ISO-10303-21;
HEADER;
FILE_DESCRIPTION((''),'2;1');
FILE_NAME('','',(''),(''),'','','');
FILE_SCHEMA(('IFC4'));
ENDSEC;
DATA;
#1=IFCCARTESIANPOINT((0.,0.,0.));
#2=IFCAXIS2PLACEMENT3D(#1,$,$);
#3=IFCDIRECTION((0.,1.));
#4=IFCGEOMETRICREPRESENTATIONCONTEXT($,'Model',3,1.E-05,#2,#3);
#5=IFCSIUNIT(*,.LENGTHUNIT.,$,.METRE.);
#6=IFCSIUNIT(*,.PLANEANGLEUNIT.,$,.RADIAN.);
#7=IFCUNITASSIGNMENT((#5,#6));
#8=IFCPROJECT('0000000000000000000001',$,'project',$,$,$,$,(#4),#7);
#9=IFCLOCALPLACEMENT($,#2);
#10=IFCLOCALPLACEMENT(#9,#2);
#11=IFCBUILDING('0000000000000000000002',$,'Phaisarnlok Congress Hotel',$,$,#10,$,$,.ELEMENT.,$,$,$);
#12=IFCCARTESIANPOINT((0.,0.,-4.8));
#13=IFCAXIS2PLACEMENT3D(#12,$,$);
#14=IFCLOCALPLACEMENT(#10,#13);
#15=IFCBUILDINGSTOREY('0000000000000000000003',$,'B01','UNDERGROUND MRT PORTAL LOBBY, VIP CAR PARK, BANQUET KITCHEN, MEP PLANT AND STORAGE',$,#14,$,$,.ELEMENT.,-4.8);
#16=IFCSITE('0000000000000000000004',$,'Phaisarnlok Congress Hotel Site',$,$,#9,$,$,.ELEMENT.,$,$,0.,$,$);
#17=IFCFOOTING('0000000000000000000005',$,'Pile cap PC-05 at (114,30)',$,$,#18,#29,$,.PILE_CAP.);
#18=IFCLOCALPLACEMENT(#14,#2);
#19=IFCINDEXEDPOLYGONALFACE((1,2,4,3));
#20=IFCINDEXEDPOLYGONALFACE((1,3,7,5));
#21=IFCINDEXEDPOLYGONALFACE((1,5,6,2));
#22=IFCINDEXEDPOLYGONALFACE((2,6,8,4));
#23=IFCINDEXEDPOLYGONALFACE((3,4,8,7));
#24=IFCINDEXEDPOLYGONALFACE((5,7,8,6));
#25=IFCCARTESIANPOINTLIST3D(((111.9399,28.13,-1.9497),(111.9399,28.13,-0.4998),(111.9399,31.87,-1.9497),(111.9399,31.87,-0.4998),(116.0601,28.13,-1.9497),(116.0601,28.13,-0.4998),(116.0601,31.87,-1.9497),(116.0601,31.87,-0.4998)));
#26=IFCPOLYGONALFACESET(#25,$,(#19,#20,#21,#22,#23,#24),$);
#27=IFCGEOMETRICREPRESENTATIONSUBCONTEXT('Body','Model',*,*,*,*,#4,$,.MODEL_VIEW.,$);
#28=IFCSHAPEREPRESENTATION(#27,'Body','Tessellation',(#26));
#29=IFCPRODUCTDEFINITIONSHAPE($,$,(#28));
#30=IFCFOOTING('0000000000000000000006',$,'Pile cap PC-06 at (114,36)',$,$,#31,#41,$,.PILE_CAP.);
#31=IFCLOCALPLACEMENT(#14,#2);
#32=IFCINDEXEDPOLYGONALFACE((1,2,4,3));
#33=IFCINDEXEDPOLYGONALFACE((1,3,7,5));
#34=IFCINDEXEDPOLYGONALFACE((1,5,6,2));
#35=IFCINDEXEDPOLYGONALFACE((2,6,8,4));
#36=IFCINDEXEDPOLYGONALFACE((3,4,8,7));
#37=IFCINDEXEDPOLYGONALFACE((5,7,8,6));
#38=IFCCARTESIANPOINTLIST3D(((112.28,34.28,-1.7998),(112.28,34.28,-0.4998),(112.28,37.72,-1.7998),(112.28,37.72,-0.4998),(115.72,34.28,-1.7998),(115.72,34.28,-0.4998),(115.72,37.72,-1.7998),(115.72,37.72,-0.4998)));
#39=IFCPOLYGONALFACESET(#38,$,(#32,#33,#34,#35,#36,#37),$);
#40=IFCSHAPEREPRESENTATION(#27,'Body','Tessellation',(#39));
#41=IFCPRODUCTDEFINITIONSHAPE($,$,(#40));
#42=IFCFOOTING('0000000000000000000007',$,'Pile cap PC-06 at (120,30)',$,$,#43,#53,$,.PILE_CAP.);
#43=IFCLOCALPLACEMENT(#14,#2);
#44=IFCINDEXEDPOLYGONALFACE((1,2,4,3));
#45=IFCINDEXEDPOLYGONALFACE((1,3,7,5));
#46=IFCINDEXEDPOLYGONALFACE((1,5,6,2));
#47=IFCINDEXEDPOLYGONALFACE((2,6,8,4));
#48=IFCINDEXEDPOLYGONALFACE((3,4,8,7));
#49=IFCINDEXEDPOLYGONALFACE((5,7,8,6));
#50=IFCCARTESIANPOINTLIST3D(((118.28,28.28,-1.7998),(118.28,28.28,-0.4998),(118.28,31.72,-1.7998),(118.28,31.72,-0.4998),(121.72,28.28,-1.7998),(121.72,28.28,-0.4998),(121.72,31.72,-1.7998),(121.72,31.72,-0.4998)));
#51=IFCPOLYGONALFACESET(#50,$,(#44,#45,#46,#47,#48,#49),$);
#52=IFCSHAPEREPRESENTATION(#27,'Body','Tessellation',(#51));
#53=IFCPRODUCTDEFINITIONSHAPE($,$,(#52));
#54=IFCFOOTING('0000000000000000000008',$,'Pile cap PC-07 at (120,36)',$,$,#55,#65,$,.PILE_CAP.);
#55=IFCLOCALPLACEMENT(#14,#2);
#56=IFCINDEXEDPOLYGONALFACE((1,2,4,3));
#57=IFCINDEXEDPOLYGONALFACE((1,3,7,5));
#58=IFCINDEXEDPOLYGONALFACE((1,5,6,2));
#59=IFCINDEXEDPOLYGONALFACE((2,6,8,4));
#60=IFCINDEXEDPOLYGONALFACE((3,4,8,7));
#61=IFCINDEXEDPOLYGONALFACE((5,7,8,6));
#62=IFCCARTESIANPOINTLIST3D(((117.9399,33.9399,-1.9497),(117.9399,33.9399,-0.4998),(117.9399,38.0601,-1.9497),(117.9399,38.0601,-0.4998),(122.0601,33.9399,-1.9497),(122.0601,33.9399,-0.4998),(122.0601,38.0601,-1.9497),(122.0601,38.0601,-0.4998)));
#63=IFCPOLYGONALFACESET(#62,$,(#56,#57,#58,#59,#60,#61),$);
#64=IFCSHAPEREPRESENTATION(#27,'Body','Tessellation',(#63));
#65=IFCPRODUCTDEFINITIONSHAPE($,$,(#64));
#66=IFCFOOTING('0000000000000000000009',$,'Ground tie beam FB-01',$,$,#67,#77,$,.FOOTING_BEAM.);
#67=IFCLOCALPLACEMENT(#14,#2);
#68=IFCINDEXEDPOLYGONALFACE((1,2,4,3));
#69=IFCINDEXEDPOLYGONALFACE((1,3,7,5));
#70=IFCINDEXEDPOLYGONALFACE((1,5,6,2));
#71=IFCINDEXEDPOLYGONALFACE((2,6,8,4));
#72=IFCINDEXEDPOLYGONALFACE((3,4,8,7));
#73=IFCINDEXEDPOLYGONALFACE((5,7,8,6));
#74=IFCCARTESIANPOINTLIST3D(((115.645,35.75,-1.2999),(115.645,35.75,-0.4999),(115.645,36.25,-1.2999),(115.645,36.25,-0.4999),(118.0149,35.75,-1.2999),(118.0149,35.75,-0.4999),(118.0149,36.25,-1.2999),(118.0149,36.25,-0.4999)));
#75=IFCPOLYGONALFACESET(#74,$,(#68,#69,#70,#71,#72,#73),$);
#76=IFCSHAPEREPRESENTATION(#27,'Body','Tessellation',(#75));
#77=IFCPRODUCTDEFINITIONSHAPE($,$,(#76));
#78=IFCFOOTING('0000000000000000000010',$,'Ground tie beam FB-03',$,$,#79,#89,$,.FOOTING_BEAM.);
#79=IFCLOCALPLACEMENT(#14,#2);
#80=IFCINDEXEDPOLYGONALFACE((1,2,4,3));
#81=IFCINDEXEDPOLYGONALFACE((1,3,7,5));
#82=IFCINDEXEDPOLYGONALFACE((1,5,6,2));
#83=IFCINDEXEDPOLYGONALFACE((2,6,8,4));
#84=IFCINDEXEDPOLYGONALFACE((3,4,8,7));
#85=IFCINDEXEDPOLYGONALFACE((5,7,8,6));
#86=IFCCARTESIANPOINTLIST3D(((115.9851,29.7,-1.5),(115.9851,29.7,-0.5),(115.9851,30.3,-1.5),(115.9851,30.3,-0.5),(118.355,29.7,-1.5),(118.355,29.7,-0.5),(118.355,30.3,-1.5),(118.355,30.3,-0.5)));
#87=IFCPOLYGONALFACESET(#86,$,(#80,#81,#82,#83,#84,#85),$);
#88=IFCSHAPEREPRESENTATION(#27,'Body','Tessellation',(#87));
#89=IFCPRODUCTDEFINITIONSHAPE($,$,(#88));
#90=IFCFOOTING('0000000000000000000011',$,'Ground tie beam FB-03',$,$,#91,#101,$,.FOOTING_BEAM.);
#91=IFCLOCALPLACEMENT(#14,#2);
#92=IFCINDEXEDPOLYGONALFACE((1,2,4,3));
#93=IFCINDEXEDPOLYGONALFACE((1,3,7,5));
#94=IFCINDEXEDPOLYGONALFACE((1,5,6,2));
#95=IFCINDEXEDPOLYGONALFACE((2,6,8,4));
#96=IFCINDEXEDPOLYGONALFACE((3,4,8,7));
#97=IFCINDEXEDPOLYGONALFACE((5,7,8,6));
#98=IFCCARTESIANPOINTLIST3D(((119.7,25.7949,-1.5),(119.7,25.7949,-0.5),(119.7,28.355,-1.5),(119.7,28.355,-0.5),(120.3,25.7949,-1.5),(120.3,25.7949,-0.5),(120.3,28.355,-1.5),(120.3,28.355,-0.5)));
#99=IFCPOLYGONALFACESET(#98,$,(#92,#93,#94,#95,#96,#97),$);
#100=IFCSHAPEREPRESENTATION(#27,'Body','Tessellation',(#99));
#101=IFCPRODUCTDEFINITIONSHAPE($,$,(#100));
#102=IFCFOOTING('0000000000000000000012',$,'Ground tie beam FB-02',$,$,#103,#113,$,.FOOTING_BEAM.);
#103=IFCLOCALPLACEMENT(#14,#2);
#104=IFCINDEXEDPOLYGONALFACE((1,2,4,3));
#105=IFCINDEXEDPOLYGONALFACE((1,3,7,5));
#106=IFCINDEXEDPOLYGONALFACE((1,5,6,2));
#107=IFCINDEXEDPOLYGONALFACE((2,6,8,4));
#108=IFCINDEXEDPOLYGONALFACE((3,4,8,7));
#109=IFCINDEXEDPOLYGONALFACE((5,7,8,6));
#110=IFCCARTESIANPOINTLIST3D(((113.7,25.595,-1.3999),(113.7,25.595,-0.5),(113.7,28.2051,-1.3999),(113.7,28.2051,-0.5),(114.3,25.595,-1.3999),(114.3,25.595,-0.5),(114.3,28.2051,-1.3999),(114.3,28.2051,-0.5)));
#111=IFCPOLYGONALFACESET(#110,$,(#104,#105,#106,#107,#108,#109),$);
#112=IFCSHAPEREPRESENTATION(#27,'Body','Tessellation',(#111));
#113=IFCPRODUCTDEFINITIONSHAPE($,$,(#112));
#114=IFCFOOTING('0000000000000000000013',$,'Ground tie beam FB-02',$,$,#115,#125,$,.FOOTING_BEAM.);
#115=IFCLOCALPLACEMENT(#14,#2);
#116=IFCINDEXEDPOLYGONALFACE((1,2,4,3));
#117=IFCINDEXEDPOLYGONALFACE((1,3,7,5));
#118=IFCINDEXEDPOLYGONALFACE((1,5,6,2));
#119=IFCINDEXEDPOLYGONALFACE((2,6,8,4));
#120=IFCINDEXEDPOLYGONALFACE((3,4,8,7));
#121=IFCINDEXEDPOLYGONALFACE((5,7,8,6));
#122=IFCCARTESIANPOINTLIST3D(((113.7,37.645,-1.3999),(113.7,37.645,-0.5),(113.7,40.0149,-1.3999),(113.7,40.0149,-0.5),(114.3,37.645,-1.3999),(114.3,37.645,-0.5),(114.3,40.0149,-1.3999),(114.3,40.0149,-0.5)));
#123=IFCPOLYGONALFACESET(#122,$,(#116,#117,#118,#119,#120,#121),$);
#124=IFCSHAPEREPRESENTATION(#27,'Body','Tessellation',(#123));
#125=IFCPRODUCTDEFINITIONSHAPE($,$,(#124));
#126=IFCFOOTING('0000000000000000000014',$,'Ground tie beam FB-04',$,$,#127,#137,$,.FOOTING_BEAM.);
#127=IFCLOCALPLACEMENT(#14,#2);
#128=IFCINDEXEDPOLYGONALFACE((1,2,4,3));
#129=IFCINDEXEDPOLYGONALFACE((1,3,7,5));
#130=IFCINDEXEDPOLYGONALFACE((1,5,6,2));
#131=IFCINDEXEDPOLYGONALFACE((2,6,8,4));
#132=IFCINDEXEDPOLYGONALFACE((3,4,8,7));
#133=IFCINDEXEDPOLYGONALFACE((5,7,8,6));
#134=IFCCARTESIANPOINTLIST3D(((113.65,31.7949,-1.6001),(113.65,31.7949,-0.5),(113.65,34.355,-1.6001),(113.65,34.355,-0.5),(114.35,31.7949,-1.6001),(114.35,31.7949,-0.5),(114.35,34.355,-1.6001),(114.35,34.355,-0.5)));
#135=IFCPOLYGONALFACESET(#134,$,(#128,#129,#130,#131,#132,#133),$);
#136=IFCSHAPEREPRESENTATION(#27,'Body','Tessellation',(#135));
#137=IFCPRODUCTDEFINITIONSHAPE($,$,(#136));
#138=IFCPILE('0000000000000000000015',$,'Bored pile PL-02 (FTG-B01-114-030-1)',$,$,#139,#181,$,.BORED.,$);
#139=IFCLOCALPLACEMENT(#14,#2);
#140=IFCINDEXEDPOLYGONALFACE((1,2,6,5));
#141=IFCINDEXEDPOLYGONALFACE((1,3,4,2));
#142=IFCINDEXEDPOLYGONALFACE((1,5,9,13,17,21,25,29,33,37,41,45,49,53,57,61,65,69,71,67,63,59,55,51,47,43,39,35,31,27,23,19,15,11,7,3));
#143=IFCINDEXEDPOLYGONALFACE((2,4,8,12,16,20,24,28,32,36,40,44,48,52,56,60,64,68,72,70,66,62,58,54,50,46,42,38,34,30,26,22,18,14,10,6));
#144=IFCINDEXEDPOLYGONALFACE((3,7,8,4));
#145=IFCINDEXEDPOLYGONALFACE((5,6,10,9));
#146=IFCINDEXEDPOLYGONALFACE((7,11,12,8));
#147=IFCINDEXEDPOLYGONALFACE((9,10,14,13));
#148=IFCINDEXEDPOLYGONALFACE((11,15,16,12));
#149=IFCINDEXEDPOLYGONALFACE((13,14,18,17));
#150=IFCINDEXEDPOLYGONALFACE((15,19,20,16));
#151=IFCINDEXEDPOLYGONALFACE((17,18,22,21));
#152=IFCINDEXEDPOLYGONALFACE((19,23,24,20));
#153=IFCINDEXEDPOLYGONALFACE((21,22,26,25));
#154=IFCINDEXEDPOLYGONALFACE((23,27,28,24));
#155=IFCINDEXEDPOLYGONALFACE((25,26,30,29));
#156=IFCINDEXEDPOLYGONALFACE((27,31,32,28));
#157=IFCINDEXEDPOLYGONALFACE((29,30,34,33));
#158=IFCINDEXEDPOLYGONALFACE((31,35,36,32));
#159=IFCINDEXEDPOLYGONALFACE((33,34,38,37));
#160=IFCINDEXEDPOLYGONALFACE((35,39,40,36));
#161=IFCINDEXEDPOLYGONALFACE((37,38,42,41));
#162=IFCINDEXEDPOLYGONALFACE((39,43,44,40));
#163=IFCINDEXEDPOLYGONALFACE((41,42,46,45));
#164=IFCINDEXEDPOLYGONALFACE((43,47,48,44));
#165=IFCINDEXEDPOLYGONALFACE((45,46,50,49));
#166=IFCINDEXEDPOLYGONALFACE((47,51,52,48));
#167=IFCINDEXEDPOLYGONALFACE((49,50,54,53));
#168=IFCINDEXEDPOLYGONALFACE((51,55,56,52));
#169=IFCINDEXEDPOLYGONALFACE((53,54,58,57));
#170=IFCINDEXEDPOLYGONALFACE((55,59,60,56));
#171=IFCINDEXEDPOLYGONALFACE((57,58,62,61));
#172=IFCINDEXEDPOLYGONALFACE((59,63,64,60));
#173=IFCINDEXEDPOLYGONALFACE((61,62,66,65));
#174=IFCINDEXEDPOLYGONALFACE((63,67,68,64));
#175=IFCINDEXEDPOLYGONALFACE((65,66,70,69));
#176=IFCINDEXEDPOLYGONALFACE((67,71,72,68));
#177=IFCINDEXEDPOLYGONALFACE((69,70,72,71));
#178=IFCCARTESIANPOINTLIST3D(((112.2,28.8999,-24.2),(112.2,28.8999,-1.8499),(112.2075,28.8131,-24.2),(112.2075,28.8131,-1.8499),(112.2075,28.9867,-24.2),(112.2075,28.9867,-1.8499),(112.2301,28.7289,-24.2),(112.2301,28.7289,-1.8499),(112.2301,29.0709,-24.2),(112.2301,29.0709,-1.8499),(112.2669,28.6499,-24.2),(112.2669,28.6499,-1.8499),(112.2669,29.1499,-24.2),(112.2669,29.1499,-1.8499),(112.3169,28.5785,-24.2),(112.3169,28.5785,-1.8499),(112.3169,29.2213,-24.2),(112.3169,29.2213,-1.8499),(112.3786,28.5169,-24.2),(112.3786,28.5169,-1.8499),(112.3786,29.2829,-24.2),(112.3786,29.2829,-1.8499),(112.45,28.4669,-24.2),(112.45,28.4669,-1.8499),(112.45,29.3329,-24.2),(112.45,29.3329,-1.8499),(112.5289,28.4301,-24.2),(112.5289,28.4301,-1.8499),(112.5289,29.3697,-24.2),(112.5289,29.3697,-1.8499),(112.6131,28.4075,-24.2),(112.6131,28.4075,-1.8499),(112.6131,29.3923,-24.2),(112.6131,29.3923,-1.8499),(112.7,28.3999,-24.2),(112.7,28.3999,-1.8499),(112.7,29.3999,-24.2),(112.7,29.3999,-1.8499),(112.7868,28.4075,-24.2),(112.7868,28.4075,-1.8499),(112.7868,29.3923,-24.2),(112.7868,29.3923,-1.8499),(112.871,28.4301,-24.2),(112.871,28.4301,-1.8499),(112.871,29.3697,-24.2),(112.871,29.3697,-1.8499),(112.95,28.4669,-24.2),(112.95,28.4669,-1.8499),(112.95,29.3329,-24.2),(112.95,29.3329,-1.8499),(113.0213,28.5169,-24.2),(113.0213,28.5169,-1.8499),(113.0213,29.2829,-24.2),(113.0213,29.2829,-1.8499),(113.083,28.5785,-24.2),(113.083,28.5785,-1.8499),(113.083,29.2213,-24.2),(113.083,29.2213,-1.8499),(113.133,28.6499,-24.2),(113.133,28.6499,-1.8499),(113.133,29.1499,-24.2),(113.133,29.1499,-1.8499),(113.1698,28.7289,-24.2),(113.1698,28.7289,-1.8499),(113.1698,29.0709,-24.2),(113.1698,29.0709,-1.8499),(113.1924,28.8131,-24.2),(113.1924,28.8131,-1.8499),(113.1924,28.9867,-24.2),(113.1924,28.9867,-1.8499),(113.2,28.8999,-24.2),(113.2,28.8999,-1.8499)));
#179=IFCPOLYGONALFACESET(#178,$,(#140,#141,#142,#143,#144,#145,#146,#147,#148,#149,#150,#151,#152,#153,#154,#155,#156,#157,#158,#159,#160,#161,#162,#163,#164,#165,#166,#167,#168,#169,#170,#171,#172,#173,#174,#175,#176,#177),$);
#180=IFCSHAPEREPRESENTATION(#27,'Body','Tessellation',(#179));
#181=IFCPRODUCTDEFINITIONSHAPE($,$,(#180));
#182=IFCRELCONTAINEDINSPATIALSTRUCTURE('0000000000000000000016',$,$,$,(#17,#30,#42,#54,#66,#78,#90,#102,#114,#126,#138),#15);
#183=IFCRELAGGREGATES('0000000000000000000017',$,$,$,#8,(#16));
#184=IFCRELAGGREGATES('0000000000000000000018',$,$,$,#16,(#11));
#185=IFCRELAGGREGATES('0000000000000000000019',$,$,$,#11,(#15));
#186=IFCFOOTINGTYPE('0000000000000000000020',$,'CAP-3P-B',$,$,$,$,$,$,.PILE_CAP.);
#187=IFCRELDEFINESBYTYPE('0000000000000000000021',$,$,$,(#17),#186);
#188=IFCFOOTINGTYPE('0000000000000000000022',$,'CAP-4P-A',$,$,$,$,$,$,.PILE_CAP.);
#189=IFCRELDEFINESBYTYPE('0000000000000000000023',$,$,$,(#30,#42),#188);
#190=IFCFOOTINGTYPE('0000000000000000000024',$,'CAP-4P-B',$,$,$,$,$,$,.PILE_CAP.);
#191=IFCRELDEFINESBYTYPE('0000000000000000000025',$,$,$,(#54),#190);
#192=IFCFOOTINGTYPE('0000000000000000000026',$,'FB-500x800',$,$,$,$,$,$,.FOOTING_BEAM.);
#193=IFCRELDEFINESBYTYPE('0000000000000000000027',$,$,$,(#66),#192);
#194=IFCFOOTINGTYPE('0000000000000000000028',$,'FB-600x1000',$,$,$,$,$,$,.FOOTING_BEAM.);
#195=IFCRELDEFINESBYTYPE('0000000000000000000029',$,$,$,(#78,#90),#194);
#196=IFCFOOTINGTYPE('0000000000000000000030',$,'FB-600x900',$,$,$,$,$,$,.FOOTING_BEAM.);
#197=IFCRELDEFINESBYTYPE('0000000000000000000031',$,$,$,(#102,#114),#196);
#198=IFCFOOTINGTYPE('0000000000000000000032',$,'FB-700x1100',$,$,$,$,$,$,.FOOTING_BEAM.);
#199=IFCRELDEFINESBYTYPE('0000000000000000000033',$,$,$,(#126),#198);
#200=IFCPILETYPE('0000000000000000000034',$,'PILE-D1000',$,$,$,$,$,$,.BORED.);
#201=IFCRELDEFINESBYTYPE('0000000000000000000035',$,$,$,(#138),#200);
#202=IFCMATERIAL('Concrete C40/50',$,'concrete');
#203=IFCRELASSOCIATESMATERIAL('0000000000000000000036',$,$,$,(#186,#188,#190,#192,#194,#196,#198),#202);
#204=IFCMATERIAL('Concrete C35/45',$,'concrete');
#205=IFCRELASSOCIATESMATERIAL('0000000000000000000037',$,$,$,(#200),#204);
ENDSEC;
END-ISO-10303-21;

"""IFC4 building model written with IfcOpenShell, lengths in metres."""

from ifc_helpers import new_model, si_unit, direction, frame, origin, origin_2d, place, context, subcontext, project, spatial, rectangle, circle, extrude, material, material_profile, profile_set, type_object, element, save


model = new_model("IFC4")

# Units and contexts
model_context = context("Model", 3, precision=1e-05, world=origin(), true_north=direction((0.0, 1.0)))
body_context = subcontext(model_context, "Body", "Model", "MODEL_VIEW")
ifc_project = project(units=[si_unit("LENGTHUNIT", "METRE"), si_unit("PLANEANGLEUNIT", "RADIAN")], contexts=[model_context])

# Site, building, storey
site_placement = place(None, origin())
site = spatial("IfcSite", under=ifc_project, at=site_placement, Name="Phaisarnlok Congress Hotel Site", CompositionType="ELEMENT", RefElevation=0.0)
building_placement = place(site_placement, origin())
building = spatial("IfcBuilding", under=site, at=building_placement, Name="Phaisarnlok Congress Hotel", CompositionType="ELEMENT")
storey_placement = place(building_placement, frame((0.0, 0.0, -4.8)))
storey = spatial("IfcBuildingStorey", under=building, at=storey_placement, Name="B01", Description="UNDERGROUND MRT PORTAL LOBBY, VIP CAR PARK, BANQUET KITCHEN, MEP PLANT AND STORAGE", CompositionType="ELEMENT", Elevation=-4.8)

# Footings
ifc_material_1 = material(Name="Concrete C40/50", Category="concrete")
footing_type_1 = type_object("IfcFootingType", Name="CAP-3P-B", PredefinedType="PILE_CAP", material=ifc_material_1)
footing_1_placement = place(storey_placement, frame((114.0, 30.0, -1.9497), z_axis=(0.0, 0.0, 1.0), x_axis=(1.0, 0.0, 0.0)))
element("IfcFooting", 1, at=footing_1_placement, inside=storey, type_object=footing_type_1, Name="Pile cap PC-05 at (114,30)", PredefinedType="PILE_CAP", context=body_context, shape_type="SweptSolid", body=[
    extrude(rectangle(XDim=4.1201, YDim=3.74, at=origin_2d()), origin(), (0.0, 0.0, 1.0), 1.45),
])
footing_type_2 = type_object("IfcFootingType", Name="CAP-4P-A", PredefinedType="PILE_CAP", material=ifc_material_1)
for number, where, z_axis, x_axis, name in (
    (2, (114.0, 36.0, -1.7998), (0.0, 0.0, 1.0), (1.0, 0.0, 0.0), "Pile cap PC-06 at (114,36)"),
    (3, (120.0, 30.0, -1.7998), (0.0, 0.0, 1.0), (1.0, 0.0, 0.0), "Pile cap PC-06 at (120,30)"),
):
    element("IfcFooting", number, at=place(storey_placement, frame(where, z_axis=z_axis, x_axis=x_axis)), inside=storey, type_object=footing_type_2, Name=name, PredefinedType="PILE_CAP", context=body_context, shape_type="SweptSolid", body=[
        extrude(rectangle(XDim=3.4399, YDim=3.4399, at=origin_2d()), origin(), (0.0, 0.0, 1.0), 1.3),
    ])
footing_type_3 = type_object("IfcFootingType", Name="CAP-4P-B", PredefinedType="PILE_CAP", material=ifc_material_1)
footing_2_placement = place(storey_placement, frame((120.0, 36.0, -1.9497), z_axis=(0.0, 0.0, 1.0), x_axis=(1.0, 0.0, 0.0)))
element("IfcFooting", 4, at=footing_2_placement, inside=storey, type_object=footing_type_3, Name="Pile cap PC-07 at (120,36)", PredefinedType="PILE_CAP", context=body_context, shape_type="SweptSolid", body=[
    extrude(rectangle(XDim=4.1201, YDim=4.1201, at=origin_2d()), origin(), (0.0, 0.0, 1.0), 1.45),
])
ifc_material_profile_1 = material_profile(ifc_material_1, rectangle(XDim=0.5, YDim=0.8, at=origin_2d()), Name="FB-500x800")
ifc_profile_set_1 = profile_set([ifc_material_profile_1], Name="Concrete C40/50")
footing_type_4 = type_object("IfcFootingType", Name="FB-500x800", PredefinedType="FOOTING_BEAM", material=ifc_profile_set_1)
footing_3_placement = place(storey_placement, frame((115.645, 36.0, -0.8999), z_axis=(1.0, 0.0, 0.0), x_axis=(0.0, 1.0, 0.0)))
element("IfcFooting", 5, at=footing_3_placement, inside=storey, type_object=footing_type_4, Name="Ground tie beam FB-01", PredefinedType="FOOTING_BEAM", context=body_context, shape_type="SweptSolid", body=[
    extrude(rectangle(XDim=0.5, YDim=0.8, at=origin_2d()), origin(), (0.0, 0.0, 1.0), 2.3699),
])
ifc_material_profile_2 = material_profile(ifc_material_1, rectangle(XDim=0.6001, YDim=1.0, at=origin_2d()), Name="FB-600x1000")
ifc_profile_set_2 = profile_set([ifc_material_profile_2], Name="Concrete C40/50")
footing_type_5 = type_object("IfcFootingType", Name="FB-600x1000", PredefinedType="FOOTING_BEAM", material=ifc_profile_set_2)
footing_4_placement = place(storey_placement, frame((115.9851, 30.0, -1.0), z_axis=(1.0, 0.0, 0.0), x_axis=(0.0, 1.0, 0.0)))
element("IfcFooting", 6, at=footing_4_placement, inside=storey, type_object=footing_type_5, Name="Ground tie beam FB-03", PredefinedType="FOOTING_BEAM", context=body_context, shape_type="SweptSolid", body=[
    extrude(rectangle(XDim=0.6001, YDim=1.0, at=origin_2d()), origin(), (0.0, 0.0, 1.0), 2.3699),
])
footing_5_placement = place(storey_placement, frame((120.0, 25.7949, -1.0), z_axis=(0.0, 1.0, 0.0), x_axis=(-1.0, 0.0, 0.0)))
element("IfcFooting", 7, at=footing_5_placement, inside=storey, type_object=footing_type_5, Name="Ground tie beam FB-03", PredefinedType="FOOTING_BEAM", context=body_context, shape_type="SweptSolid", body=[
    extrude(rectangle(XDim=0.6001, YDim=1.0, at=origin_2d()), origin(), (0.0, 0.0, 1.0), 2.5601),
])
ifc_material_profile_3 = material_profile(ifc_material_1, rectangle(XDim=0.6001, YDim=0.8999, at=origin_2d()), Name="FB-600x900")
ifc_profile_set_3 = profile_set([ifc_material_profile_3], Name="Concrete C40/50")
footing_type_6 = type_object("IfcFootingType", Name="FB-600x900", PredefinedType="FOOTING_BEAM", material=ifc_profile_set_3)
footing_6_placement = place(storey_placement, frame((114.0, 25.595, -0.95), z_axis=(0.0, 1.0, 0.0), x_axis=(-1.0, 0.0, 0.0)))
element("IfcFooting", 8, at=footing_6_placement, inside=storey, type_object=footing_type_6, Name="Ground tie beam FB-02", PredefinedType="FOOTING_BEAM", context=body_context, shape_type="SweptSolid", body=[
    extrude(rectangle(XDim=0.6001, YDim=0.8999, at=origin_2d()), origin(), (0.0, 0.0, 1.0), 2.6101),
])
footing_7_placement = place(storey_placement, frame((114.0, 37.645, -0.95), z_axis=(0.0, 1.0, 0.0), x_axis=(-1.0, 0.0, 0.0)))
element("IfcFooting", 9, at=footing_7_placement, inside=storey, type_object=footing_type_6, Name="Ground tie beam FB-02", PredefinedType="FOOTING_BEAM", context=body_context, shape_type="SweptSolid", body=[
    extrude(rectangle(XDim=0.6001, YDim=0.8999, at=origin_2d()), origin(), (0.0, 0.0, 1.0), 2.3699),
])
ifc_material_profile_4 = material_profile(ifc_material_1, rectangle(XDim=0.7, YDim=1.1001, at=origin_2d()), Name="FB-700x1100")
ifc_profile_set_4 = profile_set([ifc_material_profile_4], Name="Concrete C40/50")
footing_type_7 = type_object("IfcFootingType", Name="FB-700x1100", PredefinedType="FOOTING_BEAM", material=ifc_profile_set_4)
footing_8_placement = place(storey_placement, frame((114.0, 31.7949, -1.05), z_axis=(0.0, 1.0, 0.0), x_axis=(-1.0, 0.0, 0.0)))
element("IfcFooting", 10, at=footing_8_placement, inside=storey, type_object=footing_type_7, Name="Ground tie beam FB-04", PredefinedType="FOOTING_BEAM", context=body_context, shape_type="SweptSolid", body=[
    extrude(rectangle(XDim=0.7, YDim=1.1001, at=origin_2d()), origin(), (0.0, 0.0, 1.0), 2.5601),
])

# Pile
ifc_material_2 = material(Name="Concrete C35/45", Category="concrete")
ifc_material_profile_5 = material_profile(ifc_material_2, circle(Radius=0.5, at=origin_2d()), Name="BORED PILE D1000")
ifc_profile_set_5 = profile_set([ifc_material_profile_5], Name="Concrete C35/45")
pile_type_1 = type_object("IfcPileType", Name="PILE-D1000", PredefinedType="BORED", material=ifc_profile_set_5)
for number, where, z_axis, x_axis, name in (
    (11, (112.7, 28.8999, -1.8499), (0.0, 0.0, -1.0), (1.0, 0.0, 0.0), "Bored pile PL-02 (FTG-B01-114-030-1)"),
):
    element("IfcPile", number, at=place(storey_placement, frame(where, z_axis=z_axis, x_axis=x_axis)), inside=storey, type_object=pile_type_1, Name=name, PredefinedType="BORED", context=body_context, shape_type="SweptSolid", body=[
        extrude(circle(Radius=0.5, at=origin_2d()), origin(), (0.0, 0.0, 1.0), 22.3501),
    ])

save(model, "model.ifc")
